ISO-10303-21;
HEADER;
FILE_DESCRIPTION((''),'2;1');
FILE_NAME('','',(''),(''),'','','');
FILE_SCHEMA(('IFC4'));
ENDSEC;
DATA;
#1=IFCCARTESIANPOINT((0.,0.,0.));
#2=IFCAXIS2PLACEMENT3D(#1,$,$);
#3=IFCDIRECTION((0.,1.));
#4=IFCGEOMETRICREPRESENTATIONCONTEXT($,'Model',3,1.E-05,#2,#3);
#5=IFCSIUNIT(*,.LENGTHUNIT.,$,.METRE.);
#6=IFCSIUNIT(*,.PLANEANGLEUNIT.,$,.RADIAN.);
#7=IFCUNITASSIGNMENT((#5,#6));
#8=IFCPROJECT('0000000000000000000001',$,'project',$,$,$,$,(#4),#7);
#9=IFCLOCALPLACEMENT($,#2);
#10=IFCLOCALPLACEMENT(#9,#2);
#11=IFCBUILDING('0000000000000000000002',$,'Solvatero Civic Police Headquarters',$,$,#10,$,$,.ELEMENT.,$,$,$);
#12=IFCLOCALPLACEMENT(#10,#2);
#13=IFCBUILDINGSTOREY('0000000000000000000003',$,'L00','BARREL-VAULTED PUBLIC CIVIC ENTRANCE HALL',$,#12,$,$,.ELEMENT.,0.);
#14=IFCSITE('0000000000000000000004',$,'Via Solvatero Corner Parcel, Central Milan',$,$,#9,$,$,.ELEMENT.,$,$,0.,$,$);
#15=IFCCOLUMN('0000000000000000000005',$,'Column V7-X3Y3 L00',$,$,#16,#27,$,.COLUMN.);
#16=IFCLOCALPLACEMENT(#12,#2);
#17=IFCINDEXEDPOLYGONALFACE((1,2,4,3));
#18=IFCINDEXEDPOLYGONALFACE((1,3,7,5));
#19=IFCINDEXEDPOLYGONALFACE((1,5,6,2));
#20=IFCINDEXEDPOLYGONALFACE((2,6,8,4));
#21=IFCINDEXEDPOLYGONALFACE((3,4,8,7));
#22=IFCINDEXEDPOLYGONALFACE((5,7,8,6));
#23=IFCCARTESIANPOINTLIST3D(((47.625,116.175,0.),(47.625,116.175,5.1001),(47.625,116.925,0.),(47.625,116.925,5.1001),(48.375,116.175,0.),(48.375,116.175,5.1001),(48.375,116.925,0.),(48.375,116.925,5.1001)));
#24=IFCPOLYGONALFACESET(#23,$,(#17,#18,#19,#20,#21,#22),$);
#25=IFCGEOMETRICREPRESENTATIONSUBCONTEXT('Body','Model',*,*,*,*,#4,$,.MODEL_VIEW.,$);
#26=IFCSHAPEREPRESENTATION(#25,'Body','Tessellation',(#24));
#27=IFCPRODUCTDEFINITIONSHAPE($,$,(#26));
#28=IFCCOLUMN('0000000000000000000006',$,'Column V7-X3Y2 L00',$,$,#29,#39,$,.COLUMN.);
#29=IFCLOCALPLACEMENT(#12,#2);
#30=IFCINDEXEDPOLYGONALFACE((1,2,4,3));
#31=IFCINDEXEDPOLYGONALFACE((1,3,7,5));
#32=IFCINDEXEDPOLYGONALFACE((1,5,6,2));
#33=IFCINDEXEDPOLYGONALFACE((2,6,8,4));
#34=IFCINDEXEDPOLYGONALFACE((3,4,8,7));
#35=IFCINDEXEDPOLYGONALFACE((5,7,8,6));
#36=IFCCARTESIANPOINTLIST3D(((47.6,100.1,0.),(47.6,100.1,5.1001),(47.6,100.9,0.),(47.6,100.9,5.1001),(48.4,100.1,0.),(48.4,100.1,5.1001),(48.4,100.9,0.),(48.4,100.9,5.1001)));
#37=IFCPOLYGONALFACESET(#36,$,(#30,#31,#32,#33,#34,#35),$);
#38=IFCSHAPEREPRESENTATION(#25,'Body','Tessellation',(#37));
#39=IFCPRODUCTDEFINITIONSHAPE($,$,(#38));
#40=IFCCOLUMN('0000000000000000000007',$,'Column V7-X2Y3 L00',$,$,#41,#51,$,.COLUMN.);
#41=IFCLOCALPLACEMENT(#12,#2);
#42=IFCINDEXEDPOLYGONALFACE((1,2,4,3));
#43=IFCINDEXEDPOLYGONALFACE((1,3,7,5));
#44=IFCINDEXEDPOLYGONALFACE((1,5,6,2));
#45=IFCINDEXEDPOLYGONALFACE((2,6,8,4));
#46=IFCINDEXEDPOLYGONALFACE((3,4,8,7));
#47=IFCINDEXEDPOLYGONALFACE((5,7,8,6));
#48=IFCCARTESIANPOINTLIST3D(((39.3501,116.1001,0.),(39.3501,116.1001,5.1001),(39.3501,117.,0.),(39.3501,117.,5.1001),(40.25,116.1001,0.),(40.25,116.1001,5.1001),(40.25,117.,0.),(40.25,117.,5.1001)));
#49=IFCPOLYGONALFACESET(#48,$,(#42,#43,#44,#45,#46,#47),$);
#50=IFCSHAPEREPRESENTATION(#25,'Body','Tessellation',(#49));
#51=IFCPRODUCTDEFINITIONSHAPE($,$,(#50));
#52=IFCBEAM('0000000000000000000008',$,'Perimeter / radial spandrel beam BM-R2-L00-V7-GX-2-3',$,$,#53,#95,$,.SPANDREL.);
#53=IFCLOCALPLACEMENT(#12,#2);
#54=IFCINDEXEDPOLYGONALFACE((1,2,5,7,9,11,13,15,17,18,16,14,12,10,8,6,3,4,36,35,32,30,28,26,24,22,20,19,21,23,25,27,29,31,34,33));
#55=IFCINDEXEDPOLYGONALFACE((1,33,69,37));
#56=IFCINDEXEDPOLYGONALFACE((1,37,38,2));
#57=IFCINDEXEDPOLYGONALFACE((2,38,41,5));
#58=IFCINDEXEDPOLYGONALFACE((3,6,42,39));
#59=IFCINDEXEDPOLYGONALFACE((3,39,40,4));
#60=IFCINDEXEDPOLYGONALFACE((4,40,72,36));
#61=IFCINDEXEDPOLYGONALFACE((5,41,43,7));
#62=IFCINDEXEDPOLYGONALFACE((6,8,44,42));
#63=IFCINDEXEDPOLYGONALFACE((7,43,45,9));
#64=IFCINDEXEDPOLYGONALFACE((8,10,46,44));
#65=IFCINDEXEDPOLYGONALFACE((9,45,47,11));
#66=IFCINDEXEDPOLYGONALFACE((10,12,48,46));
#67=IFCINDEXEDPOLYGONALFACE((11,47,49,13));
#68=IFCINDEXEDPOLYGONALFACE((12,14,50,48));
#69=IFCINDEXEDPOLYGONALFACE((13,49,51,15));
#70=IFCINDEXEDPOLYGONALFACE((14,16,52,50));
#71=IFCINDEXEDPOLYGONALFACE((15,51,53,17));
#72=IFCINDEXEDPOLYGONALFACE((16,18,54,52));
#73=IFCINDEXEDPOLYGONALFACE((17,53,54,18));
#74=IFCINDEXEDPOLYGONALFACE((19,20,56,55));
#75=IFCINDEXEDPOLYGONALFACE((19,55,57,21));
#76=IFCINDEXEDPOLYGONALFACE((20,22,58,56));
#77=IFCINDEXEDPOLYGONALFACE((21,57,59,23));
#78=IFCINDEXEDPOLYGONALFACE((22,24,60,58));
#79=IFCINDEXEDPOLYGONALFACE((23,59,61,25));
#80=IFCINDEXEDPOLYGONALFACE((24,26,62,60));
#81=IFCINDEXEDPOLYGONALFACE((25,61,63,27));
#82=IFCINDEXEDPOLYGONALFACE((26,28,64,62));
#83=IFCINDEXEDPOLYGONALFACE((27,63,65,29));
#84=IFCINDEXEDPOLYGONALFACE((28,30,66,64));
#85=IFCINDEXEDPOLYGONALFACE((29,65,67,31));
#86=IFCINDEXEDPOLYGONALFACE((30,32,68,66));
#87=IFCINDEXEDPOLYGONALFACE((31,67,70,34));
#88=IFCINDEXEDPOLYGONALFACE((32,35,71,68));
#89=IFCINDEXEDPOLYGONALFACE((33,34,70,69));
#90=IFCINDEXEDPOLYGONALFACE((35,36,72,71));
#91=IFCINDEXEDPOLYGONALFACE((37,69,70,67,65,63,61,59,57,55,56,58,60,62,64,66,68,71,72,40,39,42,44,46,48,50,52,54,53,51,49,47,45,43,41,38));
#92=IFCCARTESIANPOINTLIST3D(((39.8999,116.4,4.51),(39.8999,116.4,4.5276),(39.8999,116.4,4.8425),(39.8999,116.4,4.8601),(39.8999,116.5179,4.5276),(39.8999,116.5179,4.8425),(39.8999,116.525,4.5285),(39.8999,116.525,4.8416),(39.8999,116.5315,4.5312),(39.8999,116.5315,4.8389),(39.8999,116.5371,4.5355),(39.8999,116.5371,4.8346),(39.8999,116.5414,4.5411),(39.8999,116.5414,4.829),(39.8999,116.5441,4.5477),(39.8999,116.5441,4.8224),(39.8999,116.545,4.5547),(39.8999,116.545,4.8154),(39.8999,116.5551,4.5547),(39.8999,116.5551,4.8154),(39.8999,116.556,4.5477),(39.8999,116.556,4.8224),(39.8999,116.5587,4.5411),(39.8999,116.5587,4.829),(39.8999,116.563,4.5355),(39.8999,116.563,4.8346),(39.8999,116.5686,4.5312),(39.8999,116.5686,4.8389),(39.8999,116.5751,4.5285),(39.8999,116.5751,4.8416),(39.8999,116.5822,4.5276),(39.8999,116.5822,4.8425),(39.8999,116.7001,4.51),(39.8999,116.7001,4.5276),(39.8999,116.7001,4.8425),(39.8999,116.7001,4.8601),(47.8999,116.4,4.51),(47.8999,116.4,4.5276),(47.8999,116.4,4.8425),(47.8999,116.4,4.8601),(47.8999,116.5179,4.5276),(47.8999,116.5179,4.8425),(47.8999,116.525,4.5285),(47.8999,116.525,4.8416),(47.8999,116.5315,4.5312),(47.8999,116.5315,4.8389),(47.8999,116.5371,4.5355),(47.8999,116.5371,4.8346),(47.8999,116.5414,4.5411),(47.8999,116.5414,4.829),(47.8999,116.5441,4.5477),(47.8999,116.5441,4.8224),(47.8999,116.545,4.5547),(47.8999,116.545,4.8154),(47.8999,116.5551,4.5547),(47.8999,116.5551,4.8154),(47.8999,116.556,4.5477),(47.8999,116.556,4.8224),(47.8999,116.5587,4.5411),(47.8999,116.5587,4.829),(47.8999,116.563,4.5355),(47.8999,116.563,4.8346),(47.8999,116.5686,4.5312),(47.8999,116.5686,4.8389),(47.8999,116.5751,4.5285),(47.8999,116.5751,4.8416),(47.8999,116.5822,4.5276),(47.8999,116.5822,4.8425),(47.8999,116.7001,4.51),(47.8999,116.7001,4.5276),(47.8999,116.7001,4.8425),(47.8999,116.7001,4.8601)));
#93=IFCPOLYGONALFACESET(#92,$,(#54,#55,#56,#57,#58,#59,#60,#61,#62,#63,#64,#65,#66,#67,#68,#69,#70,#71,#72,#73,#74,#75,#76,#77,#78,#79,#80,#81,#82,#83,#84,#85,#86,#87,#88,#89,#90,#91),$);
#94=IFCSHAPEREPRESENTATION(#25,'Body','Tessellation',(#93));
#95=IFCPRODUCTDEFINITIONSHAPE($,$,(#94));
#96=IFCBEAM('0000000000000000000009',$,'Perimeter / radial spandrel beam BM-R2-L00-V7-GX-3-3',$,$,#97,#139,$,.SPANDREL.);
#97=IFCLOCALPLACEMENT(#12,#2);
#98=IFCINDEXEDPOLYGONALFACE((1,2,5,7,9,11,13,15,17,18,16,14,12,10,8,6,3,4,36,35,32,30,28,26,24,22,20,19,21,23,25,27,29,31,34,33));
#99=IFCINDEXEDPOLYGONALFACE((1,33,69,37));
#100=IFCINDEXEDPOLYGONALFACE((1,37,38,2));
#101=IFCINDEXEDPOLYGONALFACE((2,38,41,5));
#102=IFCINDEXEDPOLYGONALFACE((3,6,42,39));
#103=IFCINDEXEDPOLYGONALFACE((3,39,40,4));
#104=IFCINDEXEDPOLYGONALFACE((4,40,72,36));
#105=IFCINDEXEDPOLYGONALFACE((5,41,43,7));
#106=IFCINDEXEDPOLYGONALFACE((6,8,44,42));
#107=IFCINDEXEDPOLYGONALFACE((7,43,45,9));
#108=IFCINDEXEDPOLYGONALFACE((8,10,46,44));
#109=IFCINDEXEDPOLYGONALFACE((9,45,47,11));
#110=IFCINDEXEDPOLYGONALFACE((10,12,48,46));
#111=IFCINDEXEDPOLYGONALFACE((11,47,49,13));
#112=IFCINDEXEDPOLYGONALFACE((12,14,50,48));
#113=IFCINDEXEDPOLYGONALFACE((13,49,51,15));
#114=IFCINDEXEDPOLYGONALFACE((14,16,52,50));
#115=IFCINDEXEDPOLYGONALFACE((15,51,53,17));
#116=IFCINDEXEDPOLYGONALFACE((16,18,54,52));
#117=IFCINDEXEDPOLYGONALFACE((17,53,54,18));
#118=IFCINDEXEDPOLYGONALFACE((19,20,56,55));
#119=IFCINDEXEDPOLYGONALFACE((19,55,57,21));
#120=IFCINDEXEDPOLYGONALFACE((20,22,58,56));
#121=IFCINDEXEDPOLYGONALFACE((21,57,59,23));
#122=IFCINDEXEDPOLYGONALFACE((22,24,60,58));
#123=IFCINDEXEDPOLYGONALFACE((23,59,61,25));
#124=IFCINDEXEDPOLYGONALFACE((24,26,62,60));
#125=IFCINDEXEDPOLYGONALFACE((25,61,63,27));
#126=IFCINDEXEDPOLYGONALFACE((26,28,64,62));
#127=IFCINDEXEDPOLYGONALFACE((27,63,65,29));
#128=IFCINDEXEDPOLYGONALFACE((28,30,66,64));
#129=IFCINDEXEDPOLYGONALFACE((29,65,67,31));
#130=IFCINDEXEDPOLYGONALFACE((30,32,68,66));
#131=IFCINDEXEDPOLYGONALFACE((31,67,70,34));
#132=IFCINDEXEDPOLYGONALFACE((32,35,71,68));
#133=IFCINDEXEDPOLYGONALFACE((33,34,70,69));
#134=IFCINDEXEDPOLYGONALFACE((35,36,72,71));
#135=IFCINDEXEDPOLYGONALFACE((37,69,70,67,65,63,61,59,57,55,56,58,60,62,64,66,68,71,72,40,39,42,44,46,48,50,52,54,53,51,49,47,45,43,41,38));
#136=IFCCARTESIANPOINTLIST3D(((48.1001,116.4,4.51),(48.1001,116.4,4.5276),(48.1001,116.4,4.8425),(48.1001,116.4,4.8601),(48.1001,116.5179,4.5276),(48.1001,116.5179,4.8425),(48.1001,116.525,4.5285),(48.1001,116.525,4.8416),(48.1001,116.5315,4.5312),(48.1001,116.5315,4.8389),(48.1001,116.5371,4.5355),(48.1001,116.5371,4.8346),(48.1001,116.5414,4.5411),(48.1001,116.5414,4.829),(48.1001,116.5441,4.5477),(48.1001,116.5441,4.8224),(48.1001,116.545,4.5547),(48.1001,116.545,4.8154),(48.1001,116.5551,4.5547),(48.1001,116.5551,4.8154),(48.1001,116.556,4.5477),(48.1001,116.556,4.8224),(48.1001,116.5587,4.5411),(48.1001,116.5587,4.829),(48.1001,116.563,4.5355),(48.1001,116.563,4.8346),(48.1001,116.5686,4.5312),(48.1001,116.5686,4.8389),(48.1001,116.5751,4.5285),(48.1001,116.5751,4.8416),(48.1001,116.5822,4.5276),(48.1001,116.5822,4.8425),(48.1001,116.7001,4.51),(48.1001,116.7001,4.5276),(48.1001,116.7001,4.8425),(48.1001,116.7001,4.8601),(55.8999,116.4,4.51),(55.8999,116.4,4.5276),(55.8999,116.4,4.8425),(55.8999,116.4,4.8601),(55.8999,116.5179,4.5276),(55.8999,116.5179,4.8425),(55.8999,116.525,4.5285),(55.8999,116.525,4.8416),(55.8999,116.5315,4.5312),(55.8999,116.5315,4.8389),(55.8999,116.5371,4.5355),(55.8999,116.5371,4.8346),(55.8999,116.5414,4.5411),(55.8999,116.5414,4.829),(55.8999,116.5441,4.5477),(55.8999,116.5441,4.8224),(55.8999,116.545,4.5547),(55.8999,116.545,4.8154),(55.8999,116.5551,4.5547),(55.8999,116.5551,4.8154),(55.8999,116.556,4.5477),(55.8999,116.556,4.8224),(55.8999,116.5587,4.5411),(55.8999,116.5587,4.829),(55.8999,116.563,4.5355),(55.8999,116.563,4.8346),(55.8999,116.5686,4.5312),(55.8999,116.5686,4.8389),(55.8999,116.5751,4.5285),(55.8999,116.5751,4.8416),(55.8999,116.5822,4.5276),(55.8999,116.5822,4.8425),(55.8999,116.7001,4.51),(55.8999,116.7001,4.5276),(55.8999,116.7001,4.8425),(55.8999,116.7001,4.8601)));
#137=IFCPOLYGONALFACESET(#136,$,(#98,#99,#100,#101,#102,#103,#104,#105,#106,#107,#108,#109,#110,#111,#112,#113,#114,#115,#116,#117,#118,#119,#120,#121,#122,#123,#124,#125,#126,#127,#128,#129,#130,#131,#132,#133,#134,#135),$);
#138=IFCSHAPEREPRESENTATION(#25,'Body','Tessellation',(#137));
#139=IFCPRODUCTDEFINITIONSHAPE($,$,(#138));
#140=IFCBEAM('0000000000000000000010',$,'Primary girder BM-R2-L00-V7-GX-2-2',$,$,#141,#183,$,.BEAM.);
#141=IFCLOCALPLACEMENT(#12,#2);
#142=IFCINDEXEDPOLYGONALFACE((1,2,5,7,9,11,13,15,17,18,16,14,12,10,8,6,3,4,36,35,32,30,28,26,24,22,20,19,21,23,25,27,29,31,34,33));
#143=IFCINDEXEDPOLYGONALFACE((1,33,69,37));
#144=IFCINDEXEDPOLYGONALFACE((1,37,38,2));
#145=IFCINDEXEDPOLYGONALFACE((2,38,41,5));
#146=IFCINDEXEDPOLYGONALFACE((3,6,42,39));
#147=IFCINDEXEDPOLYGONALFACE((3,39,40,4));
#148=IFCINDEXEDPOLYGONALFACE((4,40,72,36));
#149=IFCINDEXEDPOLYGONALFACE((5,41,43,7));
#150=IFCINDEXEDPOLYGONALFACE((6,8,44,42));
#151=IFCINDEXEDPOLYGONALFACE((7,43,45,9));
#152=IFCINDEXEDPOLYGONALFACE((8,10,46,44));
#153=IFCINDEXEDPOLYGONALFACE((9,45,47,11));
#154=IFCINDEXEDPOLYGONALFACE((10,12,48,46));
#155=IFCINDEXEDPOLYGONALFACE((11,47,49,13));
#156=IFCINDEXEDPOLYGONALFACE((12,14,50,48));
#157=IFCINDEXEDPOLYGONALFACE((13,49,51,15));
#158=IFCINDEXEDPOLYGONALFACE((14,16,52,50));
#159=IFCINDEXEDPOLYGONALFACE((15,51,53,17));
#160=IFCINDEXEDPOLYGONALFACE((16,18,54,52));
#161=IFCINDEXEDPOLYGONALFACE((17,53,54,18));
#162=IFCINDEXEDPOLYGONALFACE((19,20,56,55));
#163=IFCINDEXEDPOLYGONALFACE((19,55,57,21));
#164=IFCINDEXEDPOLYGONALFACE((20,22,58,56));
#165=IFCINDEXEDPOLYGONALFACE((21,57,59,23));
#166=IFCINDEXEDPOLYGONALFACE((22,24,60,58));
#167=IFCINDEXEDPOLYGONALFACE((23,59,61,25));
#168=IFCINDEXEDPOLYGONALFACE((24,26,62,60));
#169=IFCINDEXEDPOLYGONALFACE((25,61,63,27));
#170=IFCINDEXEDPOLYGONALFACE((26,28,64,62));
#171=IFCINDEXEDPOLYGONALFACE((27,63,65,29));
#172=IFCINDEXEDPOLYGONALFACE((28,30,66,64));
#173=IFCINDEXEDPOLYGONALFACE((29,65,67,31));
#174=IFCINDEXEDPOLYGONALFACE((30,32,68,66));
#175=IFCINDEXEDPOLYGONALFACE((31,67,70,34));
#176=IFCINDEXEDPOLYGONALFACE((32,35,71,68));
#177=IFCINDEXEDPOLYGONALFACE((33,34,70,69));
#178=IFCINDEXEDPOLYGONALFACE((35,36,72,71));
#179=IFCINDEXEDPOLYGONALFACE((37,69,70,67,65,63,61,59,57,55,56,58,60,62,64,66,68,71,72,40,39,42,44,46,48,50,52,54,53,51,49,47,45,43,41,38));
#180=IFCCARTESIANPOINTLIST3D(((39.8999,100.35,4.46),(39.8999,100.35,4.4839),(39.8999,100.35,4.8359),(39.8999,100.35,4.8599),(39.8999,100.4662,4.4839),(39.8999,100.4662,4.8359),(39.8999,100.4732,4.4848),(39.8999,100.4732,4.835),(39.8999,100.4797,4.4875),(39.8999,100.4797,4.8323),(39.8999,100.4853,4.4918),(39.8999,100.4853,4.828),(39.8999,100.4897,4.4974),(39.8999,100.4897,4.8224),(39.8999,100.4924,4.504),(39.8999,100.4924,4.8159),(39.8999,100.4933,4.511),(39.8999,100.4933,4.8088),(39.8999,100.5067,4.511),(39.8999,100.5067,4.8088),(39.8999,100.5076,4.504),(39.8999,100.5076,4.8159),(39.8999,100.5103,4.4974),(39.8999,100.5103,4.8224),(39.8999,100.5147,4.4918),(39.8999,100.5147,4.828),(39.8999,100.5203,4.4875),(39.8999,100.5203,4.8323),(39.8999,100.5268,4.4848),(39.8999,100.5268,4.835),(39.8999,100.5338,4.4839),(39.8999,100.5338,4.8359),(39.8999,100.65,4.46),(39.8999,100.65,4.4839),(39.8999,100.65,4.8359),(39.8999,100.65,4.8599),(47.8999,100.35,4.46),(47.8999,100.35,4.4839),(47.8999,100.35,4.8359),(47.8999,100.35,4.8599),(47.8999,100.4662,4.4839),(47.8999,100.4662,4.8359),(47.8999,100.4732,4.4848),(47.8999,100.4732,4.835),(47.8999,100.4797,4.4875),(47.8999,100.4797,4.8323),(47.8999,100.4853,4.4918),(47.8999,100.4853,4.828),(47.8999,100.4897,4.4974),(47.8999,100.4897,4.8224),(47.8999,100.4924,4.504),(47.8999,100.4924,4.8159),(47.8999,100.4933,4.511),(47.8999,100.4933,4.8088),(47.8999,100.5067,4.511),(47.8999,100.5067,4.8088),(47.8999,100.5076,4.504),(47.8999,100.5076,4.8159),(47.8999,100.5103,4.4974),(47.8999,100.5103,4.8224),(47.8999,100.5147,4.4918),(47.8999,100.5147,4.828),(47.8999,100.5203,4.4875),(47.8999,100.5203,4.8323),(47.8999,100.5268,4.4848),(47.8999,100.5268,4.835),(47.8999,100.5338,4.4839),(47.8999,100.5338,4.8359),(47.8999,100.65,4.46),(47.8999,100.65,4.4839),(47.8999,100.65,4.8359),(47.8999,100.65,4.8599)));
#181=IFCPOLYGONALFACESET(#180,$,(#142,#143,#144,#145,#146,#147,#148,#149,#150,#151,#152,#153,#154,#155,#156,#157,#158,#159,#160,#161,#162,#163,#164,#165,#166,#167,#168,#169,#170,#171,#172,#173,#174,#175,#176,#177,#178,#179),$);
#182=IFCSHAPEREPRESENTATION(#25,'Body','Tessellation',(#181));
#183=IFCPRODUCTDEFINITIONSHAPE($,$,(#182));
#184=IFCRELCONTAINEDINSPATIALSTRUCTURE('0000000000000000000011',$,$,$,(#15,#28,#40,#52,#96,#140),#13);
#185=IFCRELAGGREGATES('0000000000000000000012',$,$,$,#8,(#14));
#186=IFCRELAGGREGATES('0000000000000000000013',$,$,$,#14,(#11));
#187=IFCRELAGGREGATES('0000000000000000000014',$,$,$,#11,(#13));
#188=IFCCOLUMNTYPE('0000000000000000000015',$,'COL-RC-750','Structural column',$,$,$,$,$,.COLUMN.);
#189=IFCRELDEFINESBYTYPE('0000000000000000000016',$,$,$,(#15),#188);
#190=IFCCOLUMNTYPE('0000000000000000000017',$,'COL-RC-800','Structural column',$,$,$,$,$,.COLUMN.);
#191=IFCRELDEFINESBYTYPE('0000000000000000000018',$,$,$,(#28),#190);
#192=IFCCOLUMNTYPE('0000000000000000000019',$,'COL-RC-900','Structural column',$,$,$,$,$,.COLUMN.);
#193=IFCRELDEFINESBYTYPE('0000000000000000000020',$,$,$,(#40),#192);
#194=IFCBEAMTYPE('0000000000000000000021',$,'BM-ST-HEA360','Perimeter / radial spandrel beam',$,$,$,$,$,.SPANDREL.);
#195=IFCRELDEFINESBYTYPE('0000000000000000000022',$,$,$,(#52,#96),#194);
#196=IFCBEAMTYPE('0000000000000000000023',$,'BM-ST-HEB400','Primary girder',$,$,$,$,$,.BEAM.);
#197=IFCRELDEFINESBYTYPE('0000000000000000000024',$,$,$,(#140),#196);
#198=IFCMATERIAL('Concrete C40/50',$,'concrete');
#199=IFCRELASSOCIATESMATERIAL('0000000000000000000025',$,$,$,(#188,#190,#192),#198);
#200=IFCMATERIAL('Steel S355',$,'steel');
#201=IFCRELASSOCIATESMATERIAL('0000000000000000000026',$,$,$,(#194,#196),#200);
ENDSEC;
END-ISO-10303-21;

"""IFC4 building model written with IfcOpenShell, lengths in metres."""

from ifc_helpers import new_model, si_unit, direction, frame, origin, origin_2d, place, context, subcontext, project, spatial, rectangle, i_section, extrude, material, material_profile, profile_set, type_object, element, save


model = new_model("IFC4")

# Units and contexts
model_context = context("Model", 3, precision=1e-05, world=origin(), true_north=direction((0.0, 1.0)))
body_context = subcontext(model_context, "Body", "Model", "MODEL_VIEW")
ifc_project = project(units=[si_unit("LENGTHUNIT", "METRE"), si_unit("PLANEANGLEUNIT", "RADIAN")], contexts=[model_context])

# Site, building, storey
site_placement = place(None, origin())
site = spatial("IfcSite", under=ifc_project, at=site_placement, Name="Via Solvatero Corner Parcel, Central Milan", CompositionType="ELEMENT", RefElevation=0.0)
building_placement = place(site_placement, origin())
building = spatial("IfcBuilding", under=site, at=building_placement, Name="Solvatero Civic Police Headquarters", CompositionType="ELEMENT")
storey_placement = place(building_placement, origin())
storey = spatial("IfcBuildingStorey", under=building, at=storey_placement, Name="L00", Description="BARREL-VAULTED PUBLIC CIVIC ENTRANCE HALL", CompositionType="ELEMENT", Elevation=0.0)

# Columns
ifc_material_1 = material(Name="Concrete C40/50", Category="concrete")
ifc_material_profile_1 = material_profile(ifc_material_1, rectangle(XDim=0.75, YDim=0.75, at=origin_2d()), Name="RC 750x750")
ifc_profile_set_1 = profile_set([ifc_material_profile_1], Name="Concrete C40/50")
column_type_1 = type_object("IfcColumnType", Name="COL-RC-750", Description="Structural column", PredefinedType="COLUMN", material=ifc_profile_set_1)
column_1_placement = place(storey_placement, frame((48.0, 116.55, 0.0), z_axis=(0.0, 0.0, 1.0), x_axis=(1.0, 0.0, 0.0)))
element("IfcColumn", 1, at=column_1_placement, inside=storey, type_object=column_type_1, Name="Column V7-X3Y3 L00", PredefinedType="COLUMN", context=body_context, shape_type="SweptSolid", body=[
    extrude(rectangle(XDim=0.75, YDim=0.75, at=origin_2d()), origin(), (0.0, 0.0, 1.0), 5.1001),
])
ifc_material_profile_2 = material_profile(ifc_material_1, rectangle(XDim=0.8, YDim=0.8, at=origin_2d()), Name="RC 800x800")
ifc_profile_set_2 = profile_set([ifc_material_profile_2], Name="Concrete C40/50")
column_type_2 = type_object("IfcColumnType", Name="COL-RC-800", Description="Structural column", PredefinedType="COLUMN", material=ifc_profile_set_2)
column_2_placement = place(storey_placement, frame((48.0, 100.5, 0.0), z_axis=(0.0, 0.0, 1.0), x_axis=(1.0, 0.0, 0.0)))
element("IfcColumn", 2, at=column_2_placement, inside=storey, type_object=column_type_2, Name="Column V7-X3Y2 L00", PredefinedType="COLUMN", context=body_context, shape_type="SweptSolid", body=[
    extrude(rectangle(XDim=0.8, YDim=0.8, at=origin_2d()), origin(), (0.0, 0.0, 1.0), 5.1001),
])
ifc_material_profile_3 = material_profile(ifc_material_1, rectangle(XDim=0.8999, YDim=0.8999, at=origin_2d()), Name="RC 900x900")
ifc_profile_set_3 = profile_set([ifc_material_profile_3], Name="Concrete C40/50")
column_type_3 = type_object("IfcColumnType", Name="COL-RC-900", Description="Structural column", PredefinedType="COLUMN", material=ifc_profile_set_3)
column_3_placement = place(storey_placement, frame((39.8, 116.55, 0.0), z_axis=(0.0, 0.0, 1.0), x_axis=(1.0, 0.0, 0.0)))
element("IfcColumn", 3, at=column_3_placement, inside=storey, type_object=column_type_3, Name="Column V7-X2Y3 L00", PredefinedType="COLUMN", context=body_context, shape_type="SweptSolid", body=[
    extrude(rectangle(XDim=0.8999, YDim=0.8999, at=origin_2d()), origin(), (0.0, 0.0, 1.0), 5.1001),
])

# Beams
ifc_material_2 = material(Name="Steel S355", Category="steel")
ifc_material_profile_4 = material_profile(ifc_material_2, i_section(OverallWidth=0.3, OverallDepth=0.3501, WebThickness=0.01, FlangeThickness=0.0176, FilletRadius=0.0271, at=origin_2d()), Name="HEA 360")
ifc_profile_set_4 = profile_set([ifc_material_profile_4], Name="Steel S355")
beam_type_1 = type_object("IfcBeamType", Name="BM-ST-HEA360", Description="Perimeter / radial spandrel beam", PredefinedType="SPANDREL", material=ifc_profile_set_4)
beam_1_placement = place(storey_placement, frame((39.8999, 116.55, 4.6851), z_axis=(1.0, 0.0, 0.0), x_axis=(0.0, 1.0, 0.0)))
element("IfcBeam", 4, at=beam_1_placement, inside=storey, type_object=beam_type_1, Name="Perimeter / radial spandrel beam BM-R2-L00-V7-GX-2-3", PredefinedType="SPANDREL", context=body_context, shape_type="SweptSolid", body=[
    extrude(i_section(OverallWidth=0.3, OverallDepth=0.3501, WebThickness=0.01, FlangeThickness=0.0176, FilletRadius=0.0271, at=origin_2d()), origin(), (0.0, 0.0, 1.0), 8.0),
])
beam_2_placement = place(storey_placement, frame((48.1001, 116.55, 4.6851), z_axis=(1.0, 0.0, 0.0), x_axis=(0.0, 1.0, 0.0)))
element("IfcBeam", 5, at=beam_2_placement, inside=storey, type_object=beam_type_1, Name="Perimeter / radial spandrel beam BM-R2-L00-V7-GX-3-3", PredefinedType="SPANDREL", context=body_context, shape_type="SweptSolid", body=[
    extrude(i_section(OverallWidth=0.3, OverallDepth=0.3501, WebThickness=0.01, FlangeThickness=0.0176, FilletRadius=0.0271, at=origin_2d()), origin(), (0.0, 0.0, 1.0), 7.7998),
])
ifc_material_profile_5 = material_profile(ifc_material_2, i_section(OverallWidth=0.3, OverallDepth=0.3999, WebThickness=0.0134, FlangeThickness=0.0239, FilletRadius=0.0271, at=origin_2d()), Name="HEB 400")
ifc_profile_set_5 = profile_set([ifc_material_profile_5], Name="Steel S355")
beam_type_2 = type_object("IfcBeamType", Name="BM-ST-HEB400", Description="Primary girder", PredefinedType="BEAM", material=ifc_profile_set_5)
beam_3_placement = place(storey_placement, frame((39.8999, 100.5, 4.6599), z_axis=(1.0, 0.0, 0.0), x_axis=(0.0, 1.0, 0.0)))
element("IfcBeam", 6, at=beam_3_placement, inside=storey, type_object=beam_type_2, Name="Primary girder BM-R2-L00-V7-GX-2-2", PredefinedType="BEAM", context=body_context, shape_type="SweptSolid", body=[
    extrude(i_section(OverallWidth=0.3, OverallDepth=0.3999, WebThickness=0.0134, FlangeThickness=0.0239, FilletRadius=0.0271, at=origin_2d()), origin(), (0.0, 0.0, 1.0), 8.0),
])

save(model, "model.ifc")
